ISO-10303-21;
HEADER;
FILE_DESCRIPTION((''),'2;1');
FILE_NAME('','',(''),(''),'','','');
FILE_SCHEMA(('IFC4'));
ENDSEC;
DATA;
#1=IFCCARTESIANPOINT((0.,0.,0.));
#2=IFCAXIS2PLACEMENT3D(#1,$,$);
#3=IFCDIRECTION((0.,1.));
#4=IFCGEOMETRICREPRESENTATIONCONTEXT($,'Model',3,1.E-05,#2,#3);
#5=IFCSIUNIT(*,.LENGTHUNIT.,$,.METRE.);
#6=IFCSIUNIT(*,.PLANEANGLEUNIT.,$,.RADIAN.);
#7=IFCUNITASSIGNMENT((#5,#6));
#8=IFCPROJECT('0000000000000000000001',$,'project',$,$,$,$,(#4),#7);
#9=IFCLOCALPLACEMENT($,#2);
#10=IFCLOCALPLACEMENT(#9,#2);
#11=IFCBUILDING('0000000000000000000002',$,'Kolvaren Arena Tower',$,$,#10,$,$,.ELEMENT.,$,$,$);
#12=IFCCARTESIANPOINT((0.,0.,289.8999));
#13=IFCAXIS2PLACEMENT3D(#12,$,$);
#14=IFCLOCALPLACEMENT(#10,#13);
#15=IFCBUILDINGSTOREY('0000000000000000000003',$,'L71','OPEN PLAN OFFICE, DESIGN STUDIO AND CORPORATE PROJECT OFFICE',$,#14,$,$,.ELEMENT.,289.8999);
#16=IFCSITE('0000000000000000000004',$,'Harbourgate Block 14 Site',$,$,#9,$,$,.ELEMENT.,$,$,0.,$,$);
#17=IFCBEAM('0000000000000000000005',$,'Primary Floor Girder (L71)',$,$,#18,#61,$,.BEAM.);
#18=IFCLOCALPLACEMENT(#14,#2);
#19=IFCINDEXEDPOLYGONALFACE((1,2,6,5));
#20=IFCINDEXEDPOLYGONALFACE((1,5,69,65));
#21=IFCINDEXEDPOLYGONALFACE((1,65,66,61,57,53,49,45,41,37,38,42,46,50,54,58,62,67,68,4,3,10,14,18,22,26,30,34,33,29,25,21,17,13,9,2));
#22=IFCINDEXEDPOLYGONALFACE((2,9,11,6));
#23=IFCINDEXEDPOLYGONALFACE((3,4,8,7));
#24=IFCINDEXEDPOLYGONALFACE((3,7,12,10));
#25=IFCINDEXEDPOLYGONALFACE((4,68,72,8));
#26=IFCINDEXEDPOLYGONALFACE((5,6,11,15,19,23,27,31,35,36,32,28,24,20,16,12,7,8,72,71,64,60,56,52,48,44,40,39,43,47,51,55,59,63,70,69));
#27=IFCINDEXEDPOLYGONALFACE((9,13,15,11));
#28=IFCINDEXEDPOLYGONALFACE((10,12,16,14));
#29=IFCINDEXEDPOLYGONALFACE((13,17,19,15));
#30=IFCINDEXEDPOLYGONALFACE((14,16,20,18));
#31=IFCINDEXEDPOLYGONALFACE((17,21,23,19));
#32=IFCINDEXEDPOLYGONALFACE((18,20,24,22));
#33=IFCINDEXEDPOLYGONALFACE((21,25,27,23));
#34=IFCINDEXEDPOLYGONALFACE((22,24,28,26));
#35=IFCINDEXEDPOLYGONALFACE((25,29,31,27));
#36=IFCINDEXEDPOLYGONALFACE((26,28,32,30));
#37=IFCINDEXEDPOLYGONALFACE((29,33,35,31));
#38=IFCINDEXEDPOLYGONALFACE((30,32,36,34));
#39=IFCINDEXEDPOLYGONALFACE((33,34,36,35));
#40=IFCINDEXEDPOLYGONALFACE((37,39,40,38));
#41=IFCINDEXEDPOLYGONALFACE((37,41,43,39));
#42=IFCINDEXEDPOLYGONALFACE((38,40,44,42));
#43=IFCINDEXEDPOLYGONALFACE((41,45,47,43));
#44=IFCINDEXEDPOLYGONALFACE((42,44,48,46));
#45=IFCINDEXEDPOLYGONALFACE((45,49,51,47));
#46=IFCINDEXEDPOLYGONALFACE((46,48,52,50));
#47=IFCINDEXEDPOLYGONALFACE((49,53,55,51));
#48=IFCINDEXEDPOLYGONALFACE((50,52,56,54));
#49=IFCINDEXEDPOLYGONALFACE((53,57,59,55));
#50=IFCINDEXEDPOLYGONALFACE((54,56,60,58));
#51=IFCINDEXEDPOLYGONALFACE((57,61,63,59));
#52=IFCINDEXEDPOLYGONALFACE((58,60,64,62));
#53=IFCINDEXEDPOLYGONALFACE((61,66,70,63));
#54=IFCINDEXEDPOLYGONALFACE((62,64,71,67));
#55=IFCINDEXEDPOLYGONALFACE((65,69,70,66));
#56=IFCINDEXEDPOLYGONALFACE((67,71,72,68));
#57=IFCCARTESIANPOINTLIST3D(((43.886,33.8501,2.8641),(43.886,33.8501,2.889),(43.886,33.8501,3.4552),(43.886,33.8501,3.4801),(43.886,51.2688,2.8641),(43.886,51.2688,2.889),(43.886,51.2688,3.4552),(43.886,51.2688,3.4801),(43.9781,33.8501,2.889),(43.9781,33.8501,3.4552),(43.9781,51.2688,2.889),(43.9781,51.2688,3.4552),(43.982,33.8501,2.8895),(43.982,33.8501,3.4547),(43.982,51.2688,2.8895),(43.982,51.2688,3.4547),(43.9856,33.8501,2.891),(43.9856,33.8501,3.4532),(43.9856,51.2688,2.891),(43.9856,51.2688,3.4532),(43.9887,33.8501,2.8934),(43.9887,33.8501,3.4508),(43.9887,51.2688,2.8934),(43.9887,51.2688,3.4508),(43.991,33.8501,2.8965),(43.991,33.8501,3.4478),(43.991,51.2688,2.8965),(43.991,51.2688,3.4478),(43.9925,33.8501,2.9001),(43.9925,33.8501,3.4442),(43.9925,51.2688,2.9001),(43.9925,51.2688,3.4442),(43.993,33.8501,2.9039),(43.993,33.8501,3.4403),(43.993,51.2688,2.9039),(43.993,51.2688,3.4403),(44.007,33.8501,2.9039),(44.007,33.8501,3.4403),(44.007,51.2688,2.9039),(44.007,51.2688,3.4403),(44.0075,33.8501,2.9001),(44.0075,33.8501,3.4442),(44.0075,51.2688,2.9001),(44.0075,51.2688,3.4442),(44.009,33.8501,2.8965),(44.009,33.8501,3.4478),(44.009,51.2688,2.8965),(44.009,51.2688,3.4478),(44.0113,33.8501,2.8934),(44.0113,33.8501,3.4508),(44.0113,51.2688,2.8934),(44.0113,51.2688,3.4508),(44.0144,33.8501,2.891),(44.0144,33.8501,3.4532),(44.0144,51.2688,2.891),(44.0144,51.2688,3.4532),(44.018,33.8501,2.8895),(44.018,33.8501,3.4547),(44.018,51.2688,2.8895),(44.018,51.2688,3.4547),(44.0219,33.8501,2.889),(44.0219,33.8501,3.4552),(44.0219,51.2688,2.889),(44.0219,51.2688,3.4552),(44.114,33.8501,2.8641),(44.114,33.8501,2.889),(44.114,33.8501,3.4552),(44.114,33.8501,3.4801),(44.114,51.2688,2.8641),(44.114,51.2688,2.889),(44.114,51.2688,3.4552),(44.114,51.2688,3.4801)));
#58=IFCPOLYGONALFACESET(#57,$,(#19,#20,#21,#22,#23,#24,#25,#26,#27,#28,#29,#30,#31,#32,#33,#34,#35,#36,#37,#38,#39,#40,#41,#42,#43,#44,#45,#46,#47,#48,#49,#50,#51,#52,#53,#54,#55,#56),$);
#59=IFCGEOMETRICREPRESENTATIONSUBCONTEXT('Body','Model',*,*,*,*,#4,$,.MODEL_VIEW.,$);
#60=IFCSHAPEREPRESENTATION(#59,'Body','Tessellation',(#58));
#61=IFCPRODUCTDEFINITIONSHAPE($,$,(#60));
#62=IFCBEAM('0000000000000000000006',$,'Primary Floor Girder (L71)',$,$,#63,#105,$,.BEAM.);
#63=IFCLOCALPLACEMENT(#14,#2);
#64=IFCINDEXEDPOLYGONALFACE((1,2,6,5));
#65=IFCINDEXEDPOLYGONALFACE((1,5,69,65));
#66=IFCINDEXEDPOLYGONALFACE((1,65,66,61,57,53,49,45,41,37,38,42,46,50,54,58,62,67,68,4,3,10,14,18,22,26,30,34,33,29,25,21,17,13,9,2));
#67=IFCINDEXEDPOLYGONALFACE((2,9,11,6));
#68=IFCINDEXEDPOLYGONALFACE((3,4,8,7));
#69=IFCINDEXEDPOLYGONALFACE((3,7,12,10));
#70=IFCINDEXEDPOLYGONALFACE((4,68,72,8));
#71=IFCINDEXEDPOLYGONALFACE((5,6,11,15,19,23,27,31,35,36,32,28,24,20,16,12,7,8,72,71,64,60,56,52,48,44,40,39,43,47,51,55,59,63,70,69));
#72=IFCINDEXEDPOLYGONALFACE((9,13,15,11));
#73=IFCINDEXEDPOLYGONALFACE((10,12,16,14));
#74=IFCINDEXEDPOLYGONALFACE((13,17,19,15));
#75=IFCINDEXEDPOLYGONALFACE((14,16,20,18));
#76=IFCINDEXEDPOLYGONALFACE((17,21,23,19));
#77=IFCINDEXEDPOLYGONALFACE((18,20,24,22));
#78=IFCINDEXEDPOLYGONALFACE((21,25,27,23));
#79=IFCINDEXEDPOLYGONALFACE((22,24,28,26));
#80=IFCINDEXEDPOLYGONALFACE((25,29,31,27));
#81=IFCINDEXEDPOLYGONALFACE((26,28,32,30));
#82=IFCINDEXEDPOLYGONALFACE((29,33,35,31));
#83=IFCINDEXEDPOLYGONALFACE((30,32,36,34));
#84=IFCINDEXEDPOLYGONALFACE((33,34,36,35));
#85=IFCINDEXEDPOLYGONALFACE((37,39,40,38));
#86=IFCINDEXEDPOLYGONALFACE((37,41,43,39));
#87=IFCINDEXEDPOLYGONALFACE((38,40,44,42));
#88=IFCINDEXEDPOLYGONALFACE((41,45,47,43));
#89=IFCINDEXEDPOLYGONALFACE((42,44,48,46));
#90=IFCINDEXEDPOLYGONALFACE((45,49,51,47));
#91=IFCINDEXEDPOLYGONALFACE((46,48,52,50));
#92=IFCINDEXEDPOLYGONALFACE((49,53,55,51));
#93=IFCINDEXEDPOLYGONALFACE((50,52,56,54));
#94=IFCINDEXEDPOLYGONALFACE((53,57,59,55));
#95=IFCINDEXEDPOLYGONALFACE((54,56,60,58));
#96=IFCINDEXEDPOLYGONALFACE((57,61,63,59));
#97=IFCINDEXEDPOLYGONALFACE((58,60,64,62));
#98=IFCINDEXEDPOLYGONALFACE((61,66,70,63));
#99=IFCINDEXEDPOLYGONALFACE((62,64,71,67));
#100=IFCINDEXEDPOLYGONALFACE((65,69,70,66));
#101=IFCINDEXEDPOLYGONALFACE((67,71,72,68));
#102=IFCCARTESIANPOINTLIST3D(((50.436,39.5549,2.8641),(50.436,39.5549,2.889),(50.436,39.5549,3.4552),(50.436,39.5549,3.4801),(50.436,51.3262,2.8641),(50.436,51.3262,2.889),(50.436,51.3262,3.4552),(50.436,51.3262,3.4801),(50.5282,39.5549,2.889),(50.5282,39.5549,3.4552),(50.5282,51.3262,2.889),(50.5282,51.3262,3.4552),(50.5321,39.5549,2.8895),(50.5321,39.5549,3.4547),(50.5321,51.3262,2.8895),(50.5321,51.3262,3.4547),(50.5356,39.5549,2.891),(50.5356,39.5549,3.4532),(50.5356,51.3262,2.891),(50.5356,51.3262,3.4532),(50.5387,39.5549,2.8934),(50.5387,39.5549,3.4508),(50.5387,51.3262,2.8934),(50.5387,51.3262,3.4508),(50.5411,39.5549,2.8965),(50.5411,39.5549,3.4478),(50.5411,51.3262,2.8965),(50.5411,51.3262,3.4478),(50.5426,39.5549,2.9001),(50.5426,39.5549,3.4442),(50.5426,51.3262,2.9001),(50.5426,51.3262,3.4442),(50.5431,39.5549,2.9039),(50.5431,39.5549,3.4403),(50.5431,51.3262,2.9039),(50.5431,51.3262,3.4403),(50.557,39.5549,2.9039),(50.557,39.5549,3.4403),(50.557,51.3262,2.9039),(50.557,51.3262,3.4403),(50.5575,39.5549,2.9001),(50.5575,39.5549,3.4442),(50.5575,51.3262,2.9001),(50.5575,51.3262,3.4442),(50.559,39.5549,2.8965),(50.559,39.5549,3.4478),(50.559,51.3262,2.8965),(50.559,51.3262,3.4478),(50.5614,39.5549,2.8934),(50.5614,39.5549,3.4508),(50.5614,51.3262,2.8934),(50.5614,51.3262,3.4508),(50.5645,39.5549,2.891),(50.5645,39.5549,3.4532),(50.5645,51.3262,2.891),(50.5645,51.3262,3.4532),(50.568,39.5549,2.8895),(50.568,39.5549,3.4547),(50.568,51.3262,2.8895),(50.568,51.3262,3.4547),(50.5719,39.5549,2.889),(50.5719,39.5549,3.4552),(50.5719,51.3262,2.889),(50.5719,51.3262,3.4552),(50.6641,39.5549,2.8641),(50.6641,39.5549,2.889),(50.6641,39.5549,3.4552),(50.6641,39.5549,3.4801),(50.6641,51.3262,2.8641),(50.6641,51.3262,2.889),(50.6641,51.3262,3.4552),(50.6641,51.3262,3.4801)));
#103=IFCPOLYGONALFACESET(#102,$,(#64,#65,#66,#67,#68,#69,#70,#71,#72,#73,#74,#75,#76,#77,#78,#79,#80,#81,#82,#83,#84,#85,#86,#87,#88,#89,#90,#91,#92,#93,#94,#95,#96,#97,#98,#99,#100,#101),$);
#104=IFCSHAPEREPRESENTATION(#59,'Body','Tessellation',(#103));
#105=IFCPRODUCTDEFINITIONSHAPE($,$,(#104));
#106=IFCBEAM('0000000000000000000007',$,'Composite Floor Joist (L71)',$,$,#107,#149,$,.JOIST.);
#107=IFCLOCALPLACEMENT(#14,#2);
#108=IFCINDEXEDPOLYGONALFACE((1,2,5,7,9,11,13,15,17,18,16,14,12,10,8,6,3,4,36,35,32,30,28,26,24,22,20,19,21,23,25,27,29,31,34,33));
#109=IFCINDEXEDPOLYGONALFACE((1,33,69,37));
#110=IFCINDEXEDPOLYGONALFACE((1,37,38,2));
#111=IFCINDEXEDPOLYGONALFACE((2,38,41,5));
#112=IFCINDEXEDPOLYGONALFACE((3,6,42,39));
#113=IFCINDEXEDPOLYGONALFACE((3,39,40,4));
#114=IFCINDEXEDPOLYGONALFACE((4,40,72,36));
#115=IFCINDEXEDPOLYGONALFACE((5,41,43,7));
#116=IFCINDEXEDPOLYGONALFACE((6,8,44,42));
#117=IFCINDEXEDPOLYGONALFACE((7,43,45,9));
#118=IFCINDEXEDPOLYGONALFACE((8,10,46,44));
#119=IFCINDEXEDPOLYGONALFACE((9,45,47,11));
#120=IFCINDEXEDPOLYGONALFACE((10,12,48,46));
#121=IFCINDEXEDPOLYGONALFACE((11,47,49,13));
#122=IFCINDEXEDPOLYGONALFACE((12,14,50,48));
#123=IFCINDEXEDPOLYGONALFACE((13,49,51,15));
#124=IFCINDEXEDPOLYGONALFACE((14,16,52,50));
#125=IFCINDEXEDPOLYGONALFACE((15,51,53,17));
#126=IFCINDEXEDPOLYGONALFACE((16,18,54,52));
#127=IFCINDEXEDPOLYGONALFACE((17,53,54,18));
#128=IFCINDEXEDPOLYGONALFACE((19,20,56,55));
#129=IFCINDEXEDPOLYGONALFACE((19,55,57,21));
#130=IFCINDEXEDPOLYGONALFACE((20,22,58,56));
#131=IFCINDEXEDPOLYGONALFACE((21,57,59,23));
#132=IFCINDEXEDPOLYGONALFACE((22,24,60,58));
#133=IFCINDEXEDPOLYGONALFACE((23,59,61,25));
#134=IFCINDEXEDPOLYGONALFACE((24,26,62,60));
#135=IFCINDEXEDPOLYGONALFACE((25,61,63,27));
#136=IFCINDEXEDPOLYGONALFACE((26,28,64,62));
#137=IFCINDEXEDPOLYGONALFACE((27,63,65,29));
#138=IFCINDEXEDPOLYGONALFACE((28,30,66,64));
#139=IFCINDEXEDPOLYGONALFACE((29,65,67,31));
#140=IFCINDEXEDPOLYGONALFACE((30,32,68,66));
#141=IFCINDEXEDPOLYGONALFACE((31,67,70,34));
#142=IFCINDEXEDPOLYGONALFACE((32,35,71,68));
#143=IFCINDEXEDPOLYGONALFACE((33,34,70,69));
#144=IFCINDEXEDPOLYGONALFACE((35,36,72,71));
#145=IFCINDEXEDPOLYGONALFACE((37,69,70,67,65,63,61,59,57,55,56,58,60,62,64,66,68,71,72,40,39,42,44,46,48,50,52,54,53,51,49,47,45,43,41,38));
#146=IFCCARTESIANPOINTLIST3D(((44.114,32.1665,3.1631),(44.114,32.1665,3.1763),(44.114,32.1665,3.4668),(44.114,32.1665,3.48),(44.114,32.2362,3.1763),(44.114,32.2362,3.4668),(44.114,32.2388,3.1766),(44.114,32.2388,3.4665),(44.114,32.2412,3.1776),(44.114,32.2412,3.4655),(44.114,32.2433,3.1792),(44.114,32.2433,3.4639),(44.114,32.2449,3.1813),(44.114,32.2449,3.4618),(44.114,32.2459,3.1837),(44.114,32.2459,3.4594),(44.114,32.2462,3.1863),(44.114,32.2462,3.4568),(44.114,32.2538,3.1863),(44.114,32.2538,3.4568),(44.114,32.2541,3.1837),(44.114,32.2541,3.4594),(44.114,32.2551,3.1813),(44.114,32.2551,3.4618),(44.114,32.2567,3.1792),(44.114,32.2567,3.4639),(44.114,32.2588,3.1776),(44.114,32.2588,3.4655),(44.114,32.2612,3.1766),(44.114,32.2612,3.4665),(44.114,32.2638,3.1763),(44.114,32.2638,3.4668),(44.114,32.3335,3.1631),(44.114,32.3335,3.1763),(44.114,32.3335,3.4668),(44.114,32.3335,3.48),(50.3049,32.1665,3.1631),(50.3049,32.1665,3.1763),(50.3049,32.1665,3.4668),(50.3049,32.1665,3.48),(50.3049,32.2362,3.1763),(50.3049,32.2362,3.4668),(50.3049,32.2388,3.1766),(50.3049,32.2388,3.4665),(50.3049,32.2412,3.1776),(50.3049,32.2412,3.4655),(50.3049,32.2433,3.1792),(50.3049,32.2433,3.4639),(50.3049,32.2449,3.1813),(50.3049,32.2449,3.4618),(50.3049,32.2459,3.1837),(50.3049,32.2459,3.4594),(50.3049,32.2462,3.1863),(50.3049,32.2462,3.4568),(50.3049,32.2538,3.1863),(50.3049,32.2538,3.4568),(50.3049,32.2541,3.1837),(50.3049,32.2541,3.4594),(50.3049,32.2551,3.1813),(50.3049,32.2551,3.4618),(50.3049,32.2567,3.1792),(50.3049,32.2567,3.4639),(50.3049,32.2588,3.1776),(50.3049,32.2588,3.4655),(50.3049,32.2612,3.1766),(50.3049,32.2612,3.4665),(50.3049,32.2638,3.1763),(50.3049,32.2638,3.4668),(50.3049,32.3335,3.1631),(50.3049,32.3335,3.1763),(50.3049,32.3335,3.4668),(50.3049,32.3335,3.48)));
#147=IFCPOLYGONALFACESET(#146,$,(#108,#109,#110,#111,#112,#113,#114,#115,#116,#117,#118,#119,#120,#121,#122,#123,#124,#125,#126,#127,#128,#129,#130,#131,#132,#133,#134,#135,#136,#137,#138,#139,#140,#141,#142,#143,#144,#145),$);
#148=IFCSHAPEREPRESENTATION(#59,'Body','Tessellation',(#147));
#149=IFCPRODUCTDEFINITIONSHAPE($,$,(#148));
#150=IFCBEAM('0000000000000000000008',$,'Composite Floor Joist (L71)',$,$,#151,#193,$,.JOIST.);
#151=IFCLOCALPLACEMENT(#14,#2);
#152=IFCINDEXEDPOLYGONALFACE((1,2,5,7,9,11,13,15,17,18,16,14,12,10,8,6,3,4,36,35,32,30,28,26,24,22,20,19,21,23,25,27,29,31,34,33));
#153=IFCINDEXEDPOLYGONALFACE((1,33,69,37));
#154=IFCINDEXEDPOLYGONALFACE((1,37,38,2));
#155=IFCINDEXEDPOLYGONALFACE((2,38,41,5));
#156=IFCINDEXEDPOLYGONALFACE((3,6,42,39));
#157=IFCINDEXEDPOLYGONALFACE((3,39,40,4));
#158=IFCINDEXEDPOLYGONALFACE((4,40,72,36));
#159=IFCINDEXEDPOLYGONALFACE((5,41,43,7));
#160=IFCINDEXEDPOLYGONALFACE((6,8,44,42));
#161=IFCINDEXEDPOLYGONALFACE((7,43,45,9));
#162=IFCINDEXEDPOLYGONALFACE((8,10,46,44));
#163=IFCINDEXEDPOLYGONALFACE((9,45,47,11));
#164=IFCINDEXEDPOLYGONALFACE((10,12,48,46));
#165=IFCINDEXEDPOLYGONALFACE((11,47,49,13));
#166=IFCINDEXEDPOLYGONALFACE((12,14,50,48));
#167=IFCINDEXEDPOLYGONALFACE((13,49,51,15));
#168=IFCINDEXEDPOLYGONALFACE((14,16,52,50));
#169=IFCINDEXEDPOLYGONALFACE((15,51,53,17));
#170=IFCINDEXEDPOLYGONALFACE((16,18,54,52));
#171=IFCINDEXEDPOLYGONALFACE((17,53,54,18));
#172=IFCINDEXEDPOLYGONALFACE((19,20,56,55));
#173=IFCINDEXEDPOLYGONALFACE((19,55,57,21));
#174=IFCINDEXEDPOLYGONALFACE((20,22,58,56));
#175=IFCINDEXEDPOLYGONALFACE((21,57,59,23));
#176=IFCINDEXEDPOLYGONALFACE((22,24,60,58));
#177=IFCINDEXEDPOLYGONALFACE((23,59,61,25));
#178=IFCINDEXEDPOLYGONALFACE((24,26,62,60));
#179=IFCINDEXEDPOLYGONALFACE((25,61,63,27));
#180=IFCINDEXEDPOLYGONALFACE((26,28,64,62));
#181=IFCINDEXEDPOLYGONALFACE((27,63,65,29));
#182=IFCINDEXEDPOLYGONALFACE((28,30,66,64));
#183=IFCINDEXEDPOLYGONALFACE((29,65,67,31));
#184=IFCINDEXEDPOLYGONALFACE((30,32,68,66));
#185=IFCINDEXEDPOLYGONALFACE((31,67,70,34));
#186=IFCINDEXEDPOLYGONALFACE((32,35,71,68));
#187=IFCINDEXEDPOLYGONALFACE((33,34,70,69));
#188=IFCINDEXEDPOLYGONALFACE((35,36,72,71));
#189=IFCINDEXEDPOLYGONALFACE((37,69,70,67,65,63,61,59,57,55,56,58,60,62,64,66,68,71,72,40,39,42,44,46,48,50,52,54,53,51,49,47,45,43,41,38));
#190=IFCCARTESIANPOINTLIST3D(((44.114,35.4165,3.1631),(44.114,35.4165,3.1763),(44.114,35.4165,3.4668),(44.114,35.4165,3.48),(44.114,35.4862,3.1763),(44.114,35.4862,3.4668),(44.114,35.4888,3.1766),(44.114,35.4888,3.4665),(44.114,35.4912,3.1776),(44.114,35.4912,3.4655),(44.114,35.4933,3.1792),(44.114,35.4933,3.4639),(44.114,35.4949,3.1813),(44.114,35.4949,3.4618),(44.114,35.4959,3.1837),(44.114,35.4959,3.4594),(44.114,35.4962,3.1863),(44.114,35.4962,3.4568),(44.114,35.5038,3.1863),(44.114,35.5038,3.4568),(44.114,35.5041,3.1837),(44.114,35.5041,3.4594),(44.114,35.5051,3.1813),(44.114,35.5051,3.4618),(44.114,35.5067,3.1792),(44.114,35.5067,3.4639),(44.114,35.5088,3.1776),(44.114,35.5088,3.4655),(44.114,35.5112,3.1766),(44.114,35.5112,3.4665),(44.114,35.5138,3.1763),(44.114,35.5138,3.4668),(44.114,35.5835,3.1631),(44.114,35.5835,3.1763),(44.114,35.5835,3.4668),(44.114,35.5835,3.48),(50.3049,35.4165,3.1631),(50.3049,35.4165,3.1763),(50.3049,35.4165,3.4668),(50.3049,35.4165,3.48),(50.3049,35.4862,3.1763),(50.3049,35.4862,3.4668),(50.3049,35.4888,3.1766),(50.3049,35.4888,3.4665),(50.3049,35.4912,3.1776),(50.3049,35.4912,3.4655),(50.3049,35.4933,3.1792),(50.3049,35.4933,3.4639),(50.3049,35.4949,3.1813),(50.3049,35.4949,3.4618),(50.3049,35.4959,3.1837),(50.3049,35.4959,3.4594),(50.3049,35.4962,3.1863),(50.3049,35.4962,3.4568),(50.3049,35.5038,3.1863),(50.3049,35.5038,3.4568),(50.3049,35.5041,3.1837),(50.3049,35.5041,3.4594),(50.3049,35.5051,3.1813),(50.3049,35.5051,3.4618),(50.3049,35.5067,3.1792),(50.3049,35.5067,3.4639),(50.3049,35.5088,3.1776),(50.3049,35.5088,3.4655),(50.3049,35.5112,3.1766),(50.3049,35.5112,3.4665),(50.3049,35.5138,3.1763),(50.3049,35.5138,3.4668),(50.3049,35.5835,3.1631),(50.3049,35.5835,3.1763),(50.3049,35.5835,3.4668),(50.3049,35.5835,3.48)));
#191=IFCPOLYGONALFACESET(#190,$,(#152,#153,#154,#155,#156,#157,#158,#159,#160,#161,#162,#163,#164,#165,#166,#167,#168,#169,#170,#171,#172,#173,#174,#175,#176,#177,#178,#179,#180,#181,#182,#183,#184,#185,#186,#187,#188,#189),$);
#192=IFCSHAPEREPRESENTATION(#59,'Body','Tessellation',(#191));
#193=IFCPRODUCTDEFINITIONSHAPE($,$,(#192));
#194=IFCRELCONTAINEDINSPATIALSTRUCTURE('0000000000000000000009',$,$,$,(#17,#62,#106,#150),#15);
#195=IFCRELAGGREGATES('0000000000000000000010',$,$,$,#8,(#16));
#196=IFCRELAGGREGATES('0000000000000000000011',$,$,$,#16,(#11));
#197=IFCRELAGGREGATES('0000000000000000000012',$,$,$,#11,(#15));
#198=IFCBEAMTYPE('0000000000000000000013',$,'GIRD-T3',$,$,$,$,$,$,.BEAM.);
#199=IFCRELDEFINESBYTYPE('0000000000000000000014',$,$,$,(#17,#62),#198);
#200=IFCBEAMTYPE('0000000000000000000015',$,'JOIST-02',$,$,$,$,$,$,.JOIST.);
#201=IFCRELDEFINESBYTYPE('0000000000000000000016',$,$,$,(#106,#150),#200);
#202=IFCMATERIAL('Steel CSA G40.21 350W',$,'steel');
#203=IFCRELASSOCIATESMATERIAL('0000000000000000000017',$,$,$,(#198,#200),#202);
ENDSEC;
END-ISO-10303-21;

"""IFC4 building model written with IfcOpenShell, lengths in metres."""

from ifc_helpers import new_model, si_unit, direction, frame, origin, origin_2d, place, context, subcontext, project, spatial, i_section, extrude, material, material_profile, profile_set, type_object, element, save


model = new_model("IFC4")

# Units and contexts
model_context = context("Model", 3, precision=1e-05, world=origin(), true_north=direction((0.0, 1.0)))
body_context = subcontext(model_context, "Body", "Model", "MODEL_VIEW")
ifc_project = project(units=[si_unit("LENGTHUNIT", "METRE"), si_unit("PLANEANGLEUNIT", "RADIAN")], contexts=[model_context])

# Site, building, storey
site_placement = place(None, origin())
site = spatial("IfcSite", under=ifc_project, at=site_placement, Name="Harbourgate Block 14 Site", CompositionType="ELEMENT", RefElevation=0.0)
building_placement = place(site_placement, origin())
building = spatial("IfcBuilding", under=site, at=building_placement, Name="Kolvaren Arena Tower", CompositionType="ELEMENT")
storey_placement = place(building_placement, frame((0.0, 0.0, 289.8999)))
storey = spatial("IfcBuildingStorey", under=building, at=storey_placement, Name="L71", Description="OPEN PLAN OFFICE, DESIGN STUDIO AND CORPORATE PROJECT OFFICE", CompositionType="ELEMENT", Elevation=289.8999)

# Beams
ifc_material_1 = material(Name="Steel CSA G40.21 350W", Category="steel")
ifc_material_profile_1 = material_profile(ifc_material_1, i_section(OverallWidth=0.228, OverallDepth=0.616, WebThickness=0.0139, FlangeThickness=0.0249, FilletRadius=0.0149, at=origin_2d()), Name="W610x174")
ifc_profile_set_1 = profile_set([ifc_material_profile_1], Name="Steel CSA G40.21 350W")
beam_type_1 = type_object("IfcBeamType", Name="GIRD-T3", PredefinedType="BEAM", material=ifc_profile_set_1)
beam_1_placement = place(storey_placement, frame((44.0, 33.8501, 3.1721), z_axis=(0.0, 1.0, 0.0), x_axis=(-1.0, 0.0, 0.0)))
element("IfcBeam", 1, at=beam_1_placement, inside=storey, type_object=beam_type_1, Name="Primary Floor Girder (L71)", PredefinedType="BEAM", context=body_context, shape_type="SweptSolid", body=[
    extrude(i_section(OverallWidth=0.228, OverallDepth=0.616, WebThickness=0.0139, FlangeThickness=0.0249, FilletRadius=0.0149, at=origin_2d()), origin(), (0.0, 0.0, 1.0), 17.4187),
])
beam_2_placement = place(storey_placement, frame((50.55, 39.5549, 3.1721), z_axis=(0.0, 1.0, 0.0), x_axis=(-1.0, 0.0, 0.0)))
element("IfcBeam", 2, at=beam_2_placement, inside=storey, type_object=beam_type_1, Name="Primary Floor Girder (L71)", PredefinedType="BEAM", context=body_context, shape_type="SweptSolid", body=[
    extrude(i_section(OverallWidth=0.228, OverallDepth=0.616, WebThickness=0.0139, FlangeThickness=0.0249, FilletRadius=0.0149, at=origin_2d()), origin(), (0.0, 0.0, 1.0), 11.7712),
])
ifc_material_profile_2 = material_profile(ifc_material_1, i_section(OverallWidth=0.167, OverallDepth=0.3169, WebThickness=0.0076, FlangeThickness=0.0132, FilletRadius=0.01, at=origin_2d()), Name="W310x52")
ifc_profile_set_2 = profile_set([ifc_material_profile_2], Name="Steel CSA G40.21 350W")
beam_type_2 = type_object("IfcBeamType", Name="JOIST-02", PredefinedType="JOIST", material=ifc_profile_set_2)
for number, where, z_axis, x_axis, name in (
    (3, (44.114, 32.25, 3.3215), (1.0, 0.0, 0.0), (0.0, 1.0, 0.0), "Composite Floor Joist (L71)"),
    (4, (44.114, 35.5, 3.3215), (1.0, 0.0, 0.0), (0.0, 1.0, 0.0), "Composite Floor Joist (L71)"),
):
    element("IfcBeam", number, at=place(storey_placement, frame(where, z_axis=z_axis, x_axis=x_axis)), inside=storey, type_object=beam_type_2, Name=name, PredefinedType="JOIST", context=body_context, shape_type="SweptSolid", body=[
        extrude(i_section(OverallWidth=0.167, OverallDepth=0.3169, WebThickness=0.0076, FlangeThickness=0.0132, FilletRadius=0.01, at=origin_2d()), origin(), (0.0, 0.0, 1.0), 6.1909),
    ])

save(model, "model.ifc")
